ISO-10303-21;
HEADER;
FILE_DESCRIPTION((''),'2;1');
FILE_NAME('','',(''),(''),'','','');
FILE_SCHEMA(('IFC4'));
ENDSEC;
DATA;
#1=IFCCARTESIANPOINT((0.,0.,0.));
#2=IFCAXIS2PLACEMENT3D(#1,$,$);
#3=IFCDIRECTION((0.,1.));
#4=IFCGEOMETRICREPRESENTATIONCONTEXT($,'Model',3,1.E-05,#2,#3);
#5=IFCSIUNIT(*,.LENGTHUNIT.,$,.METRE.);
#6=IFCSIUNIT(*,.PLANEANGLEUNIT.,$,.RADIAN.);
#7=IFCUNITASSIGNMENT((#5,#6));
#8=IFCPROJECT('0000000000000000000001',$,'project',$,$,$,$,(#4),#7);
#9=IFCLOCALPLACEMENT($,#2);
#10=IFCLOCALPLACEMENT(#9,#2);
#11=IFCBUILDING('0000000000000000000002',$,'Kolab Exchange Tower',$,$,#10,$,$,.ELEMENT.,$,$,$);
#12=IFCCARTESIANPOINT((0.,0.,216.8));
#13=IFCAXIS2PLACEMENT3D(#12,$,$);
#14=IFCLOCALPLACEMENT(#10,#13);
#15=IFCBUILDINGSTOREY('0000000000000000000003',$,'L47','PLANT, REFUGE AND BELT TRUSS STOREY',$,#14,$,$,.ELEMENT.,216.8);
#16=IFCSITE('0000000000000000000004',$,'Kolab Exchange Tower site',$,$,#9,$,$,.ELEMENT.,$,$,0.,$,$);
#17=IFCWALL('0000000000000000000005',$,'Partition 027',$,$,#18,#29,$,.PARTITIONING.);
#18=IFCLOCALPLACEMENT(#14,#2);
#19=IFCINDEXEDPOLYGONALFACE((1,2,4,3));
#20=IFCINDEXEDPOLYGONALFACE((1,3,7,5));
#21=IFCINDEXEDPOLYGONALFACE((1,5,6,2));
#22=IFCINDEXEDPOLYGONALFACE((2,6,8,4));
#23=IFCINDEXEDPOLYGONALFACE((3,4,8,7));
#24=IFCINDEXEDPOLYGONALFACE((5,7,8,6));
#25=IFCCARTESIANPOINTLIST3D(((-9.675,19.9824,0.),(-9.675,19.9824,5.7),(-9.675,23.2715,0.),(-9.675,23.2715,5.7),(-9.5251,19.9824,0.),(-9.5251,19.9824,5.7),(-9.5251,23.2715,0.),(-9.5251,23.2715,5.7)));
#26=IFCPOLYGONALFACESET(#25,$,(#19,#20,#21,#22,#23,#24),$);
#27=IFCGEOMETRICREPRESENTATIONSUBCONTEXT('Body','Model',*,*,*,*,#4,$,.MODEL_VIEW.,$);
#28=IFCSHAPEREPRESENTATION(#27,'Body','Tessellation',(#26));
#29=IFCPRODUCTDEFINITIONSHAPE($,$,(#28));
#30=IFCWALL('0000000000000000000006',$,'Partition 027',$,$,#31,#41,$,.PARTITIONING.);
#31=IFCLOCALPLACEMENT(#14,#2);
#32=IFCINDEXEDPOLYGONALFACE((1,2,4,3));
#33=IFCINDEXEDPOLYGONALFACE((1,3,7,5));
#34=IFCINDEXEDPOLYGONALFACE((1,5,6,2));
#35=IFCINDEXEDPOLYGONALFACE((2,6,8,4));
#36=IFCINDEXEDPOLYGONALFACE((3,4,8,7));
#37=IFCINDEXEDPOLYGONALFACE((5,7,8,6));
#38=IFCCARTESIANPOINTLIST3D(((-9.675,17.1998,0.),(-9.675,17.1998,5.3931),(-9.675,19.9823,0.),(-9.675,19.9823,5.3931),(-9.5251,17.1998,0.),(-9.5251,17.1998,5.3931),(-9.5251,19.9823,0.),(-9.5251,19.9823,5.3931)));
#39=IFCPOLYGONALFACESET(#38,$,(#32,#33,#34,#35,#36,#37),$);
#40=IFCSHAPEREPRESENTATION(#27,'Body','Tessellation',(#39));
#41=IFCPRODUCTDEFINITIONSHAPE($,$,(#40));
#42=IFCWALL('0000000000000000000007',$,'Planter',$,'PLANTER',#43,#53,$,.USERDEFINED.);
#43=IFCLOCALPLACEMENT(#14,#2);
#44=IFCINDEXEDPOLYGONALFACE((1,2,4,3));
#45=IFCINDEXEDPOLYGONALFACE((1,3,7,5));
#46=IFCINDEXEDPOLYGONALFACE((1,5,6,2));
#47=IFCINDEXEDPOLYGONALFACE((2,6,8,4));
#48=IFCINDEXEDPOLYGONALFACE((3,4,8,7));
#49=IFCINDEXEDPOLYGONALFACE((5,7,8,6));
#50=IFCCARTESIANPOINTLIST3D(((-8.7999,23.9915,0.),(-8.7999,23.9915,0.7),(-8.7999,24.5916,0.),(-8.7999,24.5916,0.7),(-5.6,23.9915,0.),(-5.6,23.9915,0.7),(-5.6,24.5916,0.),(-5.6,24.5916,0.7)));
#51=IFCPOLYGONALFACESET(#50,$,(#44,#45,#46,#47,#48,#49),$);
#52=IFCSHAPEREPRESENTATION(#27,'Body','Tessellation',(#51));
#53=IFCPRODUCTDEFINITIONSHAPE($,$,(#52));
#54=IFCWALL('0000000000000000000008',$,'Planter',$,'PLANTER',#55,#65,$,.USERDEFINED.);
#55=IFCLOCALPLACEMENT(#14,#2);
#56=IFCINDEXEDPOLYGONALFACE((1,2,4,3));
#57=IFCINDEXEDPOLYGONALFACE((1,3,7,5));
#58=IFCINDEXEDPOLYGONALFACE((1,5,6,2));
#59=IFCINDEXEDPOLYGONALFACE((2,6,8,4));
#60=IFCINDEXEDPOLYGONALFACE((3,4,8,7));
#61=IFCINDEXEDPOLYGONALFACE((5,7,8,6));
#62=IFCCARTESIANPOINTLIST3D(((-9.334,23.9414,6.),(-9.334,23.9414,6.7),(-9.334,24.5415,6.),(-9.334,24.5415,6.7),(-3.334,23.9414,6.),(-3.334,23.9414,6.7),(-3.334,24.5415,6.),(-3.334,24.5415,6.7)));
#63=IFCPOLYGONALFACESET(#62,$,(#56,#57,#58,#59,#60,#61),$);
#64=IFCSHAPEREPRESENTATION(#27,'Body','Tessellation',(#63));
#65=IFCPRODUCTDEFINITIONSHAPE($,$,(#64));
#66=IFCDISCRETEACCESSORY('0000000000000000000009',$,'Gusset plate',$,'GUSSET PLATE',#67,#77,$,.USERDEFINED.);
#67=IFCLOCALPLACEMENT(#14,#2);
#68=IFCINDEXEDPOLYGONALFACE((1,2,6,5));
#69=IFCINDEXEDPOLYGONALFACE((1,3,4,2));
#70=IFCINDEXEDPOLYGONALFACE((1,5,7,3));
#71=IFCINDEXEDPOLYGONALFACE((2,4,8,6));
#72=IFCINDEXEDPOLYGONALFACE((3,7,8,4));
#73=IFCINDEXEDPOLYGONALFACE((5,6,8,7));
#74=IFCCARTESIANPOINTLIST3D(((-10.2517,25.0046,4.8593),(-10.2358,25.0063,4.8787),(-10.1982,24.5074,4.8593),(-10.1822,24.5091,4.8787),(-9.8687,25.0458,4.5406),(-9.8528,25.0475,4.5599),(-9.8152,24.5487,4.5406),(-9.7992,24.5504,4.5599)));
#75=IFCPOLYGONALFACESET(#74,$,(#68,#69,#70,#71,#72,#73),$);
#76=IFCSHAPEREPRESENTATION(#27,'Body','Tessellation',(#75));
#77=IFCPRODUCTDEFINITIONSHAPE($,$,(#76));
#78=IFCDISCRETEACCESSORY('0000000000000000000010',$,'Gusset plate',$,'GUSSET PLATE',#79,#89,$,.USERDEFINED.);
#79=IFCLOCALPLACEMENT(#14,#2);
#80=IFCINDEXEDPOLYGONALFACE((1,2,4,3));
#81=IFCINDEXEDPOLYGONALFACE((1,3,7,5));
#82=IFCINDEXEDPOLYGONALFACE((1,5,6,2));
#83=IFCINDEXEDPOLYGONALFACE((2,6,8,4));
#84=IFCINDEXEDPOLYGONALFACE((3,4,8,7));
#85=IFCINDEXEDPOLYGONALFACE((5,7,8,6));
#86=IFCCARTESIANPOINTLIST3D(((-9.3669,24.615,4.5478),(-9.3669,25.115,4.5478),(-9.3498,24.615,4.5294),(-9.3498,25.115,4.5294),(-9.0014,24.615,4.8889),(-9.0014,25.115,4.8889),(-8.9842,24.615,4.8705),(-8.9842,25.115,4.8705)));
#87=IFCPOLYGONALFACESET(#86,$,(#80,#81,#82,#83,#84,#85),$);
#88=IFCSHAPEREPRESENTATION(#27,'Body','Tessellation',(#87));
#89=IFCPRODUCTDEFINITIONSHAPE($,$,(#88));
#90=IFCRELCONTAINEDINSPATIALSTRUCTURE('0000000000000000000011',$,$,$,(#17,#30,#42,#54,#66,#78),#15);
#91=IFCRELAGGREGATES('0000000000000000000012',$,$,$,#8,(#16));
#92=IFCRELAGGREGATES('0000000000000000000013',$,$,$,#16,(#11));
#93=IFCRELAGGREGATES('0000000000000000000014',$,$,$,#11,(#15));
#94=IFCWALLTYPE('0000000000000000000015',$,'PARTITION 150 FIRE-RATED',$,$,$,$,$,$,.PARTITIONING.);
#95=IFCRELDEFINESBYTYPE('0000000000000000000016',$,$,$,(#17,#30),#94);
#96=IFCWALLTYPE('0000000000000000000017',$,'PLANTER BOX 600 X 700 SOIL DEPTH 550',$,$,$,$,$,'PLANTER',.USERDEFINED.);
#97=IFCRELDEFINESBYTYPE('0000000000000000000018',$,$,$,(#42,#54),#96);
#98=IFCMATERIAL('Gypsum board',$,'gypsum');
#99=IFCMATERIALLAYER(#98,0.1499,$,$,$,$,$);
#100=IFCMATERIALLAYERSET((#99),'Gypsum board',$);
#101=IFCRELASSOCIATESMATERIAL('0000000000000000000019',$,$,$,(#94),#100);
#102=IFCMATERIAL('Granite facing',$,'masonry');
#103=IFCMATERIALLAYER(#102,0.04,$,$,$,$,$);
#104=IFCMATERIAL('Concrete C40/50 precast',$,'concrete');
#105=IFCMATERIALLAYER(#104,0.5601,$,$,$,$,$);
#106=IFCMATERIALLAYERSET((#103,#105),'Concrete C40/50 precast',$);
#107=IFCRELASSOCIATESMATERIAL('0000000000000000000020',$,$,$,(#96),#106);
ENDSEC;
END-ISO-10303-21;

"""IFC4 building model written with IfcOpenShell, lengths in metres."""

from ifc_helpers import new_model, si_unit, direction, frame, frame_2d, origin, origin_2d, place, context, subcontext, project, spatial, rectangle, extrude, material, layer, layer_set, type_object, element, save


model = new_model("IFC4")

# Units and contexts
model_context = context("Model", 3, precision=1e-05, world=origin(), true_north=direction((0.0, 1.0)))
body_context = subcontext(model_context, "Body", "Model", "MODEL_VIEW")
ifc_project = project(units=[si_unit("LENGTHUNIT", "METRE"), si_unit("PLANEANGLEUNIT", "RADIAN")], contexts=[model_context])

# Site, building, storey
site_placement = place(None, origin())
site = spatial("IfcSite", under=ifc_project, at=site_placement, Name="Kolab Exchange Tower site", CompositionType="ELEMENT", RefElevation=0.0)
building_placement = place(site_placement, origin())
building = spatial("IfcBuilding", under=site, at=building_placement, Name="Kolab Exchange Tower", CompositionType="ELEMENT")
storey_placement = place(building_placement, frame((0.0, 0.0, 216.8)))
storey = spatial("IfcBuildingStorey", under=building, at=storey_placement, Name="L47", Description="PLANT, REFUGE AND BELT TRUSS STOREY", CompositionType="ELEMENT", Elevation=216.8)

# Shared definitions
ifc_material_1 = material(Name="Gypsum board", Category="gypsum")
ifc_layer_1 = layer(ifc_material_1, 0.1499)
ifc_layer_set_1 = layer_set([ifc_layer_1], Name="Gypsum board")
wall_type_1 = type_object("IfcWallType", Name="PARTITION 150 FIRE-RATED", PredefinedType="PARTITIONING", material=ifc_layer_set_1)

# Walls
wall_1_placement = place(storey_placement, frame((-9.6001, 19.9824, 0.0), z_axis=(0.0, 0.0, 1.0), x_axis=(0.0, 1.0, 0.0)))
element("IfcWall", 1, at=wall_1_placement, inside=storey, type_object=wall_type_1, Name="Partition 027", PredefinedType="PARTITIONING", context=body_context, shape_type="SweptSolid", body=[
    extrude(rectangle(XDim=3.2891, YDim=0.1499, at=frame_2d((1.6445, 0.0))), origin(), (0.0, 0.0, 1.0), 5.7),
])
wall_2_placement = place(storey_placement, frame((-9.6001, 17.2, 0.0), z_axis=(0.0, 0.0, 1.0), x_axis=(0.0, 1.0, 0.0)))
element("IfcWall", 2, at=wall_2_placement, inside=storey, type_object=wall_type_1, Name="Partition 027", PredefinedType="PARTITIONING", context=body_context, shape_type="SweptSolid", body=[
    extrude(rectangle(XDim=2.7825, YDim=0.1499, at=frame_2d((1.3911, 0.0))), origin(), (0.0, 0.0, 1.0), 5.3931),
])
ifc_material_2 = material(Name="Granite facing", Category="masonry")
ifc_layer_2 = layer(ifc_material_2, 0.04)
ifc_material_3 = material(Name="Concrete C40/50 precast", Category="concrete")
ifc_layer_3 = layer(ifc_material_3, 0.5601)
ifc_layer_set_2 = layer_set([ifc_layer_2, ifc_layer_3], Name="Concrete C40/50 precast")
wall_type_2 = type_object("IfcWallType", Name="PLANTER BOX 600 X 700 SOIL DEPTH 550", ElementType="PLANTER", PredefinedType="USERDEFINED", material=ifc_layer_set_2)
wall_3_placement = place(storey_placement, frame((-8.8, 24.2915, 0.0), z_axis=(0.0, 0.0, 1.0), x_axis=(1.0, 0.0, 0.0)))
element("IfcWall", 3, at=wall_3_placement, inside=storey, type_object=wall_type_2, Name="Planter", ObjectType="PLANTER", PredefinedType="USERDEFINED", context=body_context, shape_type="SweptSolid", body=[
    extrude(rectangle(XDim=3.2, YDim=0.6001, at=frame_2d((1.6001, 0.0))), origin(), (0.0, 0.0, 1.0), 0.7),
])
wall_4_placement = place(storey_placement, frame((-9.334, 24.2415, 6.0), z_axis=(0.0, 0.0, 1.0), x_axis=(1.0, 0.0, 0.0)))
element("IfcWall", 4, at=wall_4_placement, inside=storey, type_object=wall_type_2, Name="Planter", ObjectType="PLANTER", PredefinedType="USERDEFINED", context=body_context, shape_type="SweptSolid", body=[
    extrude(rectangle(XDim=6.0, YDim=0.6001, at=frame_2d((3.0, 0.0))), origin(), (0.0, 0.0, 1.0), 0.7),
])

# Discrete accessories
for number, where, z_axis, x_axis, name in (
    (5, (-10.0334, 24.7766, 4.7), (0.633882, 0.068264, 0.770411), (-0.107073, 0.994251, 0.0), "Gusset plate"),
    (6, (-9.167, 24.865, 4.7), (-0.682318, 0.0, 0.731055), (0.0, -1.0, 0.0), "Gusset plate"),
):
    element("IfcDiscreteAccessory", number, at=place(storey_placement, frame(where, z_axis=z_axis, x_axis=x_axis)), inside=storey, Name=name, ObjectType="GUSSET PLATE", PredefinedType="USERDEFINED", context=body_context, shape_type="SweptSolid", body=[
        extrude(rectangle(XDim=0.5, YDim=0.5, at=origin_2d()), origin(), (0.0, 0.0, 1.0), 0.0251),
    ])

save(model, "model.ifc")
